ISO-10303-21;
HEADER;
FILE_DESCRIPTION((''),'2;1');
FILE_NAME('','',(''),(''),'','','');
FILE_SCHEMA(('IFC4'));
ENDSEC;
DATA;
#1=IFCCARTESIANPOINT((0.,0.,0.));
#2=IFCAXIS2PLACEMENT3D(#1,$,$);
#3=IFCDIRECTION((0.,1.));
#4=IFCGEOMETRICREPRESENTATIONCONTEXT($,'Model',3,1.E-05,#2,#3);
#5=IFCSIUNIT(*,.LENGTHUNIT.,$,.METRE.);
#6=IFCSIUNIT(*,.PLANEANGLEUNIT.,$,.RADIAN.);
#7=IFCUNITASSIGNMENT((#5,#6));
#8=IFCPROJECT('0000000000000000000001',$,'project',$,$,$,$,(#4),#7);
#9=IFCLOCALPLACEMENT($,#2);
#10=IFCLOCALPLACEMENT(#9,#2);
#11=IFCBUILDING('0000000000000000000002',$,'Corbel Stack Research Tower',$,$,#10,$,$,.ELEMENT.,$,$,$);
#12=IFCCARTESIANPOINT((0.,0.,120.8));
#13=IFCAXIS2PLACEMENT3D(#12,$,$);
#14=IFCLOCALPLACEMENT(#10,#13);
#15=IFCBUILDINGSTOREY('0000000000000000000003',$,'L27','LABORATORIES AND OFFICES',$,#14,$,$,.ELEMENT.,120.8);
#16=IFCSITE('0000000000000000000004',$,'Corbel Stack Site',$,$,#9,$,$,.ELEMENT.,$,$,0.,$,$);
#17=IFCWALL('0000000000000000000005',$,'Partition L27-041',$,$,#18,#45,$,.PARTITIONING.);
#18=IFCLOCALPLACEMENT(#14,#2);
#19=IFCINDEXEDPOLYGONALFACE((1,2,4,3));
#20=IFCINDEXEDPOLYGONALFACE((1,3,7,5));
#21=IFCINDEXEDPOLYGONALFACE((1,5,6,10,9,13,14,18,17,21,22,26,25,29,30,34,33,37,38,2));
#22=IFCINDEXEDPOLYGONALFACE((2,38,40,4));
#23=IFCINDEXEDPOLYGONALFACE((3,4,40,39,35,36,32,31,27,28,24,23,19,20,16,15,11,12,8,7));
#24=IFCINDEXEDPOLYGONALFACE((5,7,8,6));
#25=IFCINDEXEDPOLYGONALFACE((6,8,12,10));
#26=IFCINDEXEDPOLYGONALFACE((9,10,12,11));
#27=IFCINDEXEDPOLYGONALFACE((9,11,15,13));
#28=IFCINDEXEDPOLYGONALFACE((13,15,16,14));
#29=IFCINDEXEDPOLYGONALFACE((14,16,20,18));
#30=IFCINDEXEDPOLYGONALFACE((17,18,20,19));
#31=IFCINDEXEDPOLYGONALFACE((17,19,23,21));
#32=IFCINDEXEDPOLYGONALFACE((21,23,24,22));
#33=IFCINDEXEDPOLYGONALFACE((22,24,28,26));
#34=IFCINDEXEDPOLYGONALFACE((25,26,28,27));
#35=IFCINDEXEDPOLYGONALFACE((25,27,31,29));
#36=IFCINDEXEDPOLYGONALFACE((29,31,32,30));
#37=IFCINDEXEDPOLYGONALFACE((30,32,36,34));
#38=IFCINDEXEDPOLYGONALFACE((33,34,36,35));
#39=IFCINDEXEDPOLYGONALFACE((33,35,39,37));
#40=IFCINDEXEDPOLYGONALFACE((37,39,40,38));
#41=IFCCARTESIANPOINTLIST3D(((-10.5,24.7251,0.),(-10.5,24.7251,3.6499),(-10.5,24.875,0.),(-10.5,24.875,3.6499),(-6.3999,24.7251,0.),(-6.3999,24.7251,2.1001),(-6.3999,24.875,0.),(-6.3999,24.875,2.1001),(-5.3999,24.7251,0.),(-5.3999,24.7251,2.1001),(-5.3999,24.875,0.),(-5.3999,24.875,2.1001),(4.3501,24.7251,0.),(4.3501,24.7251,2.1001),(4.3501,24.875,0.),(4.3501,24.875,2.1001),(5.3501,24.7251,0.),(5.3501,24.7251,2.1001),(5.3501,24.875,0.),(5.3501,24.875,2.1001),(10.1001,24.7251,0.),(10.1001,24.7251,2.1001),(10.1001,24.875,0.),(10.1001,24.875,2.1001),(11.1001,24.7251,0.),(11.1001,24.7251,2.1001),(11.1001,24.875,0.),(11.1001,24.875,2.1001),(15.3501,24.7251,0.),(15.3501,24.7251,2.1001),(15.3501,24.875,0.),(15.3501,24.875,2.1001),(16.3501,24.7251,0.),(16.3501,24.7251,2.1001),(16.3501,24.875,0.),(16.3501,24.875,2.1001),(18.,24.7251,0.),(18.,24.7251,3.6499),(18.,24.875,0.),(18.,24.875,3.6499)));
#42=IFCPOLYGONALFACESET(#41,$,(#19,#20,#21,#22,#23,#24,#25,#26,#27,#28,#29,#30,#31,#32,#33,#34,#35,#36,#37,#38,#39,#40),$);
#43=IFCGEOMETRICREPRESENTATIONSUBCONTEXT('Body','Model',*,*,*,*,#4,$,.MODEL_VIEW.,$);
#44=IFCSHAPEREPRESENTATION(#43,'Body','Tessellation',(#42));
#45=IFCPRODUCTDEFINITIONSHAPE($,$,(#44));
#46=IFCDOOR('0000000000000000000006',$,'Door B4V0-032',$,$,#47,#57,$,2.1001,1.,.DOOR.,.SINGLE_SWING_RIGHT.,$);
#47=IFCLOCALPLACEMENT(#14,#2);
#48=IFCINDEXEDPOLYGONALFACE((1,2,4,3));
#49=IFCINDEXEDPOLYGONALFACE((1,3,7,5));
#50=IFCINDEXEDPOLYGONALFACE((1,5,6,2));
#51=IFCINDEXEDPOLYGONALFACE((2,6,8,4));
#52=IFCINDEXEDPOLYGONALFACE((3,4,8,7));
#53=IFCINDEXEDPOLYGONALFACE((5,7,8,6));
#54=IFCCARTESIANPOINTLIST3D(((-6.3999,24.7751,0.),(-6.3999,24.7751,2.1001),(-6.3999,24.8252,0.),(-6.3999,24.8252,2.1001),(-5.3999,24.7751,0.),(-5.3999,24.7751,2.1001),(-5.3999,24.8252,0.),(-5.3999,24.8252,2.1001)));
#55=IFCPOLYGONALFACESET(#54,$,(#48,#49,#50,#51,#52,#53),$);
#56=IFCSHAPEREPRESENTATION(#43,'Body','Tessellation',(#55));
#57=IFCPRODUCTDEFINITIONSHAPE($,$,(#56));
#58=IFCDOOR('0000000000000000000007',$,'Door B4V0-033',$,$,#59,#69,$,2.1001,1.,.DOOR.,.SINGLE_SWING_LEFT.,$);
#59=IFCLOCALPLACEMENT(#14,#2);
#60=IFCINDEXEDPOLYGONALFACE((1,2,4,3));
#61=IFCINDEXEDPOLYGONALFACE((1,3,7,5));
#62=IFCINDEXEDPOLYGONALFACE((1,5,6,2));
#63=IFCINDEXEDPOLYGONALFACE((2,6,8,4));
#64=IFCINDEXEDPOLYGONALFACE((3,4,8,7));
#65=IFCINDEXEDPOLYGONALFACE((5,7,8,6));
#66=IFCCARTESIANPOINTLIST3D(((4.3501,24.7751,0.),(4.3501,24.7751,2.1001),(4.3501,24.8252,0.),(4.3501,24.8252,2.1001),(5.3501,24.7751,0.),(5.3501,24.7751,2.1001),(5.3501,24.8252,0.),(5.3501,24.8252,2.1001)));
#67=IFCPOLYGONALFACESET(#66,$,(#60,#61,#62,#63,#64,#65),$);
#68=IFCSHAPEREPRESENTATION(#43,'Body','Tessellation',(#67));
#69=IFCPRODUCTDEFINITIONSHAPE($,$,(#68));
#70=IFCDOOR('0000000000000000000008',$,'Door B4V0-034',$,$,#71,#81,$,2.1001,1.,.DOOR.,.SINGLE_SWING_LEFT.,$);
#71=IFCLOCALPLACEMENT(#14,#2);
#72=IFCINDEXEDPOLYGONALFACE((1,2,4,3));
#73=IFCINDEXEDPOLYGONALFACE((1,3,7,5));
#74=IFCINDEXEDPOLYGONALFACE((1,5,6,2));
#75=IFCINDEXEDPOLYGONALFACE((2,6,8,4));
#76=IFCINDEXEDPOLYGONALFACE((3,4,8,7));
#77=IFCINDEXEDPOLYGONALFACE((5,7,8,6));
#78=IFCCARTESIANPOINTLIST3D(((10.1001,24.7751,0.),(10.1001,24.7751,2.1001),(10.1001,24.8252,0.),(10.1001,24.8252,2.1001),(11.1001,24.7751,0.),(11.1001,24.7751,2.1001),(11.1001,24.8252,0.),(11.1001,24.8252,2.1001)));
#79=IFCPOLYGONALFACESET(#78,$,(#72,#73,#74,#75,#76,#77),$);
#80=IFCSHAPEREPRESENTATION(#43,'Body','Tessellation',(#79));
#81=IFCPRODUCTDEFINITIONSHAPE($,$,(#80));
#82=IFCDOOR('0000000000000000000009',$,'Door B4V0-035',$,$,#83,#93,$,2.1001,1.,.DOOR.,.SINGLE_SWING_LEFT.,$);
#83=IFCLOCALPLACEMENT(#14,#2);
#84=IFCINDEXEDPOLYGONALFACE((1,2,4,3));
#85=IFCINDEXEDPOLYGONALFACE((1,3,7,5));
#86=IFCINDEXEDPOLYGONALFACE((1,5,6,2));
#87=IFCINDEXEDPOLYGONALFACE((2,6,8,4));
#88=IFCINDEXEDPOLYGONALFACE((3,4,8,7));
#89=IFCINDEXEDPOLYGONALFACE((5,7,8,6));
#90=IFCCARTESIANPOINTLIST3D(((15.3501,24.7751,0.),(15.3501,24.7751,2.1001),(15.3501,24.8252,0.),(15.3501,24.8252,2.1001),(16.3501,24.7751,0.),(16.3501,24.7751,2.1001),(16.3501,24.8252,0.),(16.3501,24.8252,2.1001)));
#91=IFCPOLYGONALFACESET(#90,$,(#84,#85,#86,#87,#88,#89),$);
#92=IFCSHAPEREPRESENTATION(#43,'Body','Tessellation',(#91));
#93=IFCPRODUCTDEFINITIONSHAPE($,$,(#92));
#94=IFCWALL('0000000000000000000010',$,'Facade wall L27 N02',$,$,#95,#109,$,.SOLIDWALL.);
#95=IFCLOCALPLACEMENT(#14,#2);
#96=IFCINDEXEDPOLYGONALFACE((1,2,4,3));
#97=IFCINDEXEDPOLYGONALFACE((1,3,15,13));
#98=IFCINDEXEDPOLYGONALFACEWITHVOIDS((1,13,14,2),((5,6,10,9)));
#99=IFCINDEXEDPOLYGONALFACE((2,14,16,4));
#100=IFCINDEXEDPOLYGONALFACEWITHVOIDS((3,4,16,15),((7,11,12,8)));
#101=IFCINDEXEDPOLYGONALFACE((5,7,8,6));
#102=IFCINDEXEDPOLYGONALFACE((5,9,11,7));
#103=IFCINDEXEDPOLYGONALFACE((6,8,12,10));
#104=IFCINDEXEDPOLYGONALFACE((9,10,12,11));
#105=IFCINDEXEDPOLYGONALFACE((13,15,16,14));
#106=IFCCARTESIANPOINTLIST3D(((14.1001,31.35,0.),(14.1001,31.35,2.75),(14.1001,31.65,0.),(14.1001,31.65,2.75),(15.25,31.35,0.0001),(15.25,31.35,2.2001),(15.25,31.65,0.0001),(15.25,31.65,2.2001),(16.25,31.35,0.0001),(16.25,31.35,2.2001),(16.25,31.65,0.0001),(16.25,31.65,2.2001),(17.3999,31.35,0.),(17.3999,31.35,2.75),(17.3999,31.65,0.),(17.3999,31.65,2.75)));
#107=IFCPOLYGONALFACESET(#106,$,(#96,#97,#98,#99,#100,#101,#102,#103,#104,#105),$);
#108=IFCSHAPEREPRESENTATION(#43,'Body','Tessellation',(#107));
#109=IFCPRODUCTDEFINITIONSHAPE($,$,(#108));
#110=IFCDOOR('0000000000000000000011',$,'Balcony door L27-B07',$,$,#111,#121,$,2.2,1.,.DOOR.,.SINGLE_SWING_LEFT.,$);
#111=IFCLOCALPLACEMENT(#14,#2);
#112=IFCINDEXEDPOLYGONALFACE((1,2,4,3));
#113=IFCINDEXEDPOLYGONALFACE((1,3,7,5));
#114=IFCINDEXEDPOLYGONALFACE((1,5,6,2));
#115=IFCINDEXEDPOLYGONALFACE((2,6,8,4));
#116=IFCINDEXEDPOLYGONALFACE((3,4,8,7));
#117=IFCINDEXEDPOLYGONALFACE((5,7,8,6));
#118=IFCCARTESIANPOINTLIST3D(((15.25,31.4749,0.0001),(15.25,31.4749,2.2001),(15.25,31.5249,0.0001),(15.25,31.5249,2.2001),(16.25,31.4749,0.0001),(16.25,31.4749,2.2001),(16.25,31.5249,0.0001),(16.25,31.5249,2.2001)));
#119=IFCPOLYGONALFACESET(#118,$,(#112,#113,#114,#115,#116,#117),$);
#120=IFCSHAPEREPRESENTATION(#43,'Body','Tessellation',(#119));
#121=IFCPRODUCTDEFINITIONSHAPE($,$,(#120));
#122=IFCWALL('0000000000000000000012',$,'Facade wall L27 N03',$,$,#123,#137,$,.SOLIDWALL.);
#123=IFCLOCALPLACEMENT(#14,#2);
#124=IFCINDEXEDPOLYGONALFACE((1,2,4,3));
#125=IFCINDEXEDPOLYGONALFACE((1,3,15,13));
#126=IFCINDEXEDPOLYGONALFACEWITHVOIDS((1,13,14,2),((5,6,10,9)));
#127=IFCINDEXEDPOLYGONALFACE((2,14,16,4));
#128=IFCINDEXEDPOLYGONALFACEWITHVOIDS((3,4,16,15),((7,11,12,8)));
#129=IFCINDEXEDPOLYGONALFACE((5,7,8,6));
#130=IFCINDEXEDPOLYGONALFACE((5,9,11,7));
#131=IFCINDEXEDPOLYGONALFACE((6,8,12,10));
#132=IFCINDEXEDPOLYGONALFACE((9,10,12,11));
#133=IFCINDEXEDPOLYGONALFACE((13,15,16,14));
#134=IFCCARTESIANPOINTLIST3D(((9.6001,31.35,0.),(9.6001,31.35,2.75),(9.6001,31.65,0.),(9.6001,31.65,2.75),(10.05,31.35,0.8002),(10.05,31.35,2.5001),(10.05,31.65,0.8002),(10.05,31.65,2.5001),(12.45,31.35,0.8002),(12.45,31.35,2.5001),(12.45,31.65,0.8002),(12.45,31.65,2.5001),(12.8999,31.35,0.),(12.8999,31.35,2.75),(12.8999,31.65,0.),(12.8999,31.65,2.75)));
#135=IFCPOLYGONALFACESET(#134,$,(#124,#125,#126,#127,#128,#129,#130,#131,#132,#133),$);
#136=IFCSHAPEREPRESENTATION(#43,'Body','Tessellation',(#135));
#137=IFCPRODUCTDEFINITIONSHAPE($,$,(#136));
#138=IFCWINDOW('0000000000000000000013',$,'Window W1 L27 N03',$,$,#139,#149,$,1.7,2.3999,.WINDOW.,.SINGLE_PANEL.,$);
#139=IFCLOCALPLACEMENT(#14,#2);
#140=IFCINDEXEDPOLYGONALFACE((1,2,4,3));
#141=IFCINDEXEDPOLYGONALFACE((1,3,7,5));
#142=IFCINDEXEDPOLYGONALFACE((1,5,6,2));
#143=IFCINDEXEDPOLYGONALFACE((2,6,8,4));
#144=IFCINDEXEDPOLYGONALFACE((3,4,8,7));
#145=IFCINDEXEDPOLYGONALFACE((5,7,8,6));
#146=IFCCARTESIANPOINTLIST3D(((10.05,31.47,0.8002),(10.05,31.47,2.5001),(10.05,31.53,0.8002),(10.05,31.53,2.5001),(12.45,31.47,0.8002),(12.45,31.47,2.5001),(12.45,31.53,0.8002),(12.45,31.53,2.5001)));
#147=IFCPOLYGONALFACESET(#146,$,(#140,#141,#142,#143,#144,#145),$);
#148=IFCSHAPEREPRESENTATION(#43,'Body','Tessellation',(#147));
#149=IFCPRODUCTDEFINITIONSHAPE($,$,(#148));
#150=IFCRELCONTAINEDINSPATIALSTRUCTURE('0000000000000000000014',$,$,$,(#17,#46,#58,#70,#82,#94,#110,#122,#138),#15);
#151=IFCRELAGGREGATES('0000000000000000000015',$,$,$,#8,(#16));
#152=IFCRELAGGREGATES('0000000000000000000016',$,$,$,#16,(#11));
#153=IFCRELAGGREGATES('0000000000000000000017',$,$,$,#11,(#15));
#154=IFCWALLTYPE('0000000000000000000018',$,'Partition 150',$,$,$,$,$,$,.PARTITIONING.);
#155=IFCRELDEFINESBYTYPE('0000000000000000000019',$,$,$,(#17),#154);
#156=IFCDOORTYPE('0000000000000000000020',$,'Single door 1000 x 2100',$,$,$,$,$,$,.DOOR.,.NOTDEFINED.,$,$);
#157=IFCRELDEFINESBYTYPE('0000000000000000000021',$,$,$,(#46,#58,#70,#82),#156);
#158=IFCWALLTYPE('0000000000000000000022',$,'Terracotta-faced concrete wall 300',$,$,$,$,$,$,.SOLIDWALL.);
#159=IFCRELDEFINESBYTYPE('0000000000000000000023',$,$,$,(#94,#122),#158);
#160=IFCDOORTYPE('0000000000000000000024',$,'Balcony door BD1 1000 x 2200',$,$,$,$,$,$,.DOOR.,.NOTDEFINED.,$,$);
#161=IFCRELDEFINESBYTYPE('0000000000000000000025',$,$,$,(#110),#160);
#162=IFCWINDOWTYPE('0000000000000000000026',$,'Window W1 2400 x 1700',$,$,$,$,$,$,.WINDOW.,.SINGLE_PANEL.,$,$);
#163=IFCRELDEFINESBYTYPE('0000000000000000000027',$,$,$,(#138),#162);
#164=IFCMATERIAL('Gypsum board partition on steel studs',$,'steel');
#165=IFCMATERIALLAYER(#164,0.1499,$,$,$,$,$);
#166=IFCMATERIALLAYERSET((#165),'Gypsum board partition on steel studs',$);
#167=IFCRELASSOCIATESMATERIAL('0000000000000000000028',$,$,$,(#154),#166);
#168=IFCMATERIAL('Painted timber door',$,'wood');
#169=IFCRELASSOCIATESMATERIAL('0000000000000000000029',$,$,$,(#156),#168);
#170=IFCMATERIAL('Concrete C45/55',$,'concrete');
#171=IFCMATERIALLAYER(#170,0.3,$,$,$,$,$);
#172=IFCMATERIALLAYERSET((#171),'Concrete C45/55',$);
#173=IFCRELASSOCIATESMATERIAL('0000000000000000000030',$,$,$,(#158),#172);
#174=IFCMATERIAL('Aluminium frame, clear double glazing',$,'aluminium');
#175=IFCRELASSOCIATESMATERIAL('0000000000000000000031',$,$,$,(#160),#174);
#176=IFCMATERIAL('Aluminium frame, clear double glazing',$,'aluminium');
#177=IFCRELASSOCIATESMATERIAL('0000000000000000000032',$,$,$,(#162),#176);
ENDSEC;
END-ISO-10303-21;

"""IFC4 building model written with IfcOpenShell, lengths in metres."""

from ifc_helpers import new_model, si_unit, direction, frame, frame_2d, origin, place, context, subcontext, project, spatial, rectangle, extrude, material, layer, layer_set, type_object, element, fill, save


model = new_model("IFC4")

# Units and contexts
model_context = context("Model", 3, precision=1e-05, world=origin(), true_north=direction((0.0, 1.0)))
body_context = subcontext(model_context, "Body", "Model", "MODEL_VIEW")
ifc_project = project(units=[si_unit("LENGTHUNIT", "METRE"), si_unit("PLANEANGLEUNIT", "RADIAN")], contexts=[model_context])

# Site, building, storey
site_placement = place(None, origin())
site = spatial("IfcSite", under=ifc_project, at=site_placement, Name="Corbel Stack Site", CompositionType="ELEMENT", RefElevation=0.0)
building_placement = place(site_placement, origin())
building = spatial("IfcBuilding", under=site, at=building_placement, Name="Corbel Stack Research Tower", CompositionType="ELEMENT")
storey_placement = place(building_placement, frame((0.0, 0.0, 120.8)))
storey = spatial("IfcBuildingStorey", under=building, at=storey_placement, Name="L27", Description="LABORATORIES AND OFFICES", CompositionType="ELEMENT", Elevation=120.8)

# Wall, openings, doors
ifc_material_1 = material(Name="Gypsum board partition on steel studs", Category="steel")
ifc_layer_1 = layer(ifc_material_1, 0.1499)
ifc_layer_set_1 = layer_set([ifc_layer_1], Name="Gypsum board partition on steel studs")
wall_type_1 = type_object("IfcWallType", Name="Partition 150", PredefinedType="PARTITIONING", material=ifc_layer_set_1)
wall_1_placement = place(storey_placement, frame((18.0, 24.8, 0.0), z_axis=(0.0, 0.0, 1.0), x_axis=(-1.0, 0.0, 0.0)))
wall_1 = element("IfcWall", 1, at=wall_1_placement, inside=storey, type_object=wall_type_1, Name="Partition L27-041", PredefinedType="PARTITIONING", context=body_context, shape_type="SweptSolid", body=[
    extrude(rectangle(XDim=28.5, YDim=0.1499, at=frame_2d((14.25, 0.0))), origin(), (0.0, 0.0, 1.0), 3.6499),
])
opening_1_placement = place(wall_1_placement, frame((23.3999, 0.0, 0.0)))
opening_1 = element("IfcOpeningElement", 2, at=opening_1_placement, cuts=wall_1, PredefinedType="OPENING", context=body_context, shape_type="SweptSolid", body=[
    extrude(rectangle(XDim=1.0, YDim=2.1001, at=frame_2d((0.5, 1.05))), frame((0.0, 0.085, 0.0), z_axis=(0.0, -1.0, 0.0), x_axis=(1.0, 0.0, 0.0)), (0.0, 0.0, 1.0), 0.1699),
])
opening_2_placement = place(wall_1_placement, frame((12.6499, 0.0, 0.0)))
opening_2 = element("IfcOpeningElement", 3, at=opening_2_placement, cuts=wall_1, PredefinedType="OPENING", context=body_context, shape_type="SweptSolid", body=[
    extrude(rectangle(XDim=1.0, YDim=2.1001, at=frame_2d((0.5, 1.05))), frame((0.0, 0.085, 0.0), z_axis=(0.0, -1.0, 0.0), x_axis=(1.0, 0.0, 0.0)), (0.0, 0.0, 1.0), 0.1699),
])
opening_3_placement = place(wall_1_placement, frame((6.8999, 0.0, 0.0)))
opening_3 = element("IfcOpeningElement", 4, at=opening_3_placement, cuts=wall_1, PredefinedType="OPENING", context=body_context, shape_type="SweptSolid", body=[
    extrude(rectangle(XDim=1.0, YDim=2.1001, at=frame_2d((0.5, 1.05))), frame((0.0, 0.085, 0.0), z_axis=(0.0, -1.0, 0.0), x_axis=(1.0, 0.0, 0.0)), (0.0, 0.0, 1.0), 0.1699),
])
opening_4_placement = place(wall_1_placement, frame((1.6499, 0.0, 0.0)))
opening_4 = element("IfcOpeningElement", 5, at=opening_4_placement, cuts=wall_1, PredefinedType="OPENING", context=body_context, shape_type="SweptSolid", body=[
    extrude(rectangle(XDim=1.0, YDim=2.1001, at=frame_2d((0.5, 1.05))), frame((0.0, 0.085, 0.0), z_axis=(0.0, -1.0, 0.0), x_axis=(1.0, 0.0, 0.0)), (0.0, 0.0, 1.0), 0.1699),
])
ifc_material_2 = material(Name="Painted timber door", Category="wood")
door_type_1 = type_object("IfcDoorType", Name="Single door 1000 x 2100", OperationType="NOTDEFINED", PredefinedType="DOOR", material=ifc_material_2)
door_1_placement = place(opening_1_placement, origin())
door_1 = element("IfcDoor", 6, at=door_1_placement, inside=storey, type_object=door_type_1, Name="Door B4V0-032", OperationType="SINGLE_SWING_RIGHT", OverallHeight=2.1001, OverallWidth=1.0, PredefinedType="DOOR", context=body_context, shape_type="SweptSolid", body=[
    extrude(rectangle(XDim=1.0, YDim=2.1001, at=frame_2d((0.5, 1.05))), frame((0.0, 0.0249, 0.0), z_axis=(0.0, -1.0, 0.0), x_axis=(1.0, 0.0, 0.0)), (0.0, 0.0, 1.0), 0.05),
])
fill(opening_1, door_1)
door_2_placement = place(opening_2_placement, origin())
door_2 = element("IfcDoor", 7, at=door_2_placement, inside=storey, type_object=door_type_1, Name="Door B4V0-033", OperationType="SINGLE_SWING_LEFT", OverallHeight=2.1001, OverallWidth=1.0, PredefinedType="DOOR", context=body_context, shape_type="SweptSolid", body=[
    extrude(rectangle(XDim=1.0, YDim=2.1001, at=frame_2d((0.5, 1.05))), frame((0.0, 0.0249, 0.0), z_axis=(0.0, -1.0, 0.0), x_axis=(1.0, 0.0, 0.0)), (0.0, 0.0, 1.0), 0.05),
])
fill(opening_2, door_2)
door_3_placement = place(opening_3_placement, origin())
door_3 = element("IfcDoor", 8, at=door_3_placement, inside=storey, type_object=door_type_1, Name="Door B4V0-034", OperationType="SINGLE_SWING_LEFT", OverallHeight=2.1001, OverallWidth=1.0, PredefinedType="DOOR", context=body_context, shape_type="SweptSolid", body=[
    extrude(rectangle(XDim=1.0, YDim=2.1001, at=frame_2d((0.5, 1.05))), frame((0.0, 0.0249, 0.0), z_axis=(0.0, -1.0, 0.0), x_axis=(1.0, 0.0, 0.0)), (0.0, 0.0, 1.0), 0.05),
])
fill(opening_3, door_3)
door_4_placement = place(opening_4_placement, origin())
door_4 = element("IfcDoor", 9, at=door_4_placement, inside=storey, type_object=door_type_1, Name="Door B4V0-035", OperationType="SINGLE_SWING_LEFT", OverallHeight=2.1001, OverallWidth=1.0, PredefinedType="DOOR", context=body_context, shape_type="SweptSolid", body=[
    extrude(rectangle(XDim=1.0, YDim=2.1001, at=frame_2d((0.5, 1.05))), frame((0.0, 0.0249, 0.0), z_axis=(0.0, -1.0, 0.0), x_axis=(1.0, 0.0, 0.0)), (0.0, 0.0, 1.0), 0.05),
])
fill(opening_4, door_4)

# Wall, opening, door
ifc_material_3 = material(Name="Concrete C45/55", Category="concrete")
ifc_layer_2 = layer(ifc_material_3, 0.3)
ifc_layer_set_2 = layer_set([ifc_layer_2], Name="Concrete C45/55")
wall_type_2 = type_object("IfcWallType", Name="Terracotta-faced concrete wall 300", PredefinedType="SOLIDWALL", material=ifc_layer_set_2)
wall_2_placement = place(storey_placement, frame((14.1001, 31.5, 0.0), z_axis=(0.0, 0.0, 1.0), x_axis=(1.0, 0.0, 0.0)))
wall_2 = element("IfcWall", 10, at=wall_2_placement, inside=storey, type_object=wall_type_2, Name="Facade wall L27 N02", PredefinedType="SOLIDWALL", context=body_context, shape_type="SweptSolid", body=[
    extrude(rectangle(XDim=3.2998, YDim=0.3, at=frame_2d((1.6499, 0.0))), origin(), (0.0, 0.0, 1.0), 2.75),
])
opening_5_placement = place(wall_2_placement, frame((1.1499, 0.0, 0.0)))
opening_5 = element("IfcOpeningElement", 11, at=opening_5_placement, cuts=wall_2, PredefinedType="OPENING", context=body_context, shape_type="SweptSolid", body=[
    extrude(rectangle(XDim=1.0, YDim=2.2, at=frame_2d((0.5, 1.1001))), frame((0.0, 0.1599, 0.0), z_axis=(0.0, -1.0, 0.0), x_axis=(1.0, 0.0, 0.0)), (0.0, 0.0, 1.0), 0.3201),
])
ifc_material_4 = material(Name="Aluminium frame, clear double glazing", Category="aluminium")
door_type_2 = type_object("IfcDoorType", Name="Balcony door BD1 1000 x 2200", OperationType="NOTDEFINED", PredefinedType="DOOR", material=ifc_material_4)
door_5_placement = place(opening_5_placement, origin())
door_5 = element("IfcDoor", 12, at=door_5_placement, inside=storey, type_object=door_type_2, Name="Balcony door L27-B07", OperationType="SINGLE_SWING_LEFT", OverallHeight=2.2, OverallWidth=1.0, PredefinedType="DOOR", context=body_context, shape_type="SweptSolid", body=[
    extrude(rectangle(XDim=1.0, YDim=2.2, at=frame_2d((0.5, 1.1001))), frame((0.0, 0.0249, 0.0), z_axis=(0.0, -1.0, 0.0), x_axis=(1.0, 0.0, 0.0)), (0.0, 0.0, 1.0), 0.05),
])
fill(opening_5, door_5)

# Wall, opening, window
wall_3_placement = place(storey_placement, frame((9.6001, 31.5, 0.0), z_axis=(0.0, 0.0, 1.0), x_axis=(1.0, 0.0, 0.0)))
wall_3 = element("IfcWall", 13, at=wall_3_placement, inside=storey, type_object=wall_type_2, Name="Facade wall L27 N03", PredefinedType="SOLIDWALL", context=body_context, shape_type="SweptSolid", body=[
    extrude(rectangle(XDim=3.2998, YDim=0.3, at=frame_2d((1.6499, 0.0))), origin(), (0.0, 0.0, 1.0), 2.75),
])
opening_6_placement = place(wall_3_placement, frame((0.45, 0.0, 0.8)))
opening_6 = element("IfcOpeningElement", 14, at=opening_6_placement, cuts=wall_3, PredefinedType="OPENING", context=body_context, shape_type="SweptSolid", body=[
    extrude(rectangle(XDim=2.3999, YDim=1.7, at=frame_2d((1.2, 0.8501))), frame((0.0, 0.1599, 0.0), z_axis=(0.0, -1.0, 0.0), x_axis=(1.0, 0.0, 0.0)), (0.0, 0.0, 1.0), 0.3201),
])
ifc_material_5 = material(Name="Aluminium frame, clear double glazing", Category="aluminium")
window_type = type_object("IfcWindowType", Name="Window W1 2400 x 1700", PartitioningType="SINGLE_PANEL", PredefinedType="WINDOW", material=ifc_material_5)
window_placement = place(opening_6_placement, origin())
window = element("IfcWindow", 15, at=window_placement, inside=storey, type_object=window_type, Name="Window W1 L27 N03", OverallHeight=1.7, OverallWidth=2.3999, PartitioningType="SINGLE_PANEL", PredefinedType="WINDOW", context=body_context, shape_type="SweptSolid", body=[
    extrude(rectangle(XDim=2.3999, YDim=1.7, at=frame_2d((1.2, 0.8501))), frame((0.0, 0.03, 0.0), z_axis=(0.0, -1.0, 0.0), x_axis=(1.0, 0.0, 0.0)), (0.0, 0.0, 1.0), 0.0601),
])
fill(opening_6, window)

save(model, "model.ifc")
